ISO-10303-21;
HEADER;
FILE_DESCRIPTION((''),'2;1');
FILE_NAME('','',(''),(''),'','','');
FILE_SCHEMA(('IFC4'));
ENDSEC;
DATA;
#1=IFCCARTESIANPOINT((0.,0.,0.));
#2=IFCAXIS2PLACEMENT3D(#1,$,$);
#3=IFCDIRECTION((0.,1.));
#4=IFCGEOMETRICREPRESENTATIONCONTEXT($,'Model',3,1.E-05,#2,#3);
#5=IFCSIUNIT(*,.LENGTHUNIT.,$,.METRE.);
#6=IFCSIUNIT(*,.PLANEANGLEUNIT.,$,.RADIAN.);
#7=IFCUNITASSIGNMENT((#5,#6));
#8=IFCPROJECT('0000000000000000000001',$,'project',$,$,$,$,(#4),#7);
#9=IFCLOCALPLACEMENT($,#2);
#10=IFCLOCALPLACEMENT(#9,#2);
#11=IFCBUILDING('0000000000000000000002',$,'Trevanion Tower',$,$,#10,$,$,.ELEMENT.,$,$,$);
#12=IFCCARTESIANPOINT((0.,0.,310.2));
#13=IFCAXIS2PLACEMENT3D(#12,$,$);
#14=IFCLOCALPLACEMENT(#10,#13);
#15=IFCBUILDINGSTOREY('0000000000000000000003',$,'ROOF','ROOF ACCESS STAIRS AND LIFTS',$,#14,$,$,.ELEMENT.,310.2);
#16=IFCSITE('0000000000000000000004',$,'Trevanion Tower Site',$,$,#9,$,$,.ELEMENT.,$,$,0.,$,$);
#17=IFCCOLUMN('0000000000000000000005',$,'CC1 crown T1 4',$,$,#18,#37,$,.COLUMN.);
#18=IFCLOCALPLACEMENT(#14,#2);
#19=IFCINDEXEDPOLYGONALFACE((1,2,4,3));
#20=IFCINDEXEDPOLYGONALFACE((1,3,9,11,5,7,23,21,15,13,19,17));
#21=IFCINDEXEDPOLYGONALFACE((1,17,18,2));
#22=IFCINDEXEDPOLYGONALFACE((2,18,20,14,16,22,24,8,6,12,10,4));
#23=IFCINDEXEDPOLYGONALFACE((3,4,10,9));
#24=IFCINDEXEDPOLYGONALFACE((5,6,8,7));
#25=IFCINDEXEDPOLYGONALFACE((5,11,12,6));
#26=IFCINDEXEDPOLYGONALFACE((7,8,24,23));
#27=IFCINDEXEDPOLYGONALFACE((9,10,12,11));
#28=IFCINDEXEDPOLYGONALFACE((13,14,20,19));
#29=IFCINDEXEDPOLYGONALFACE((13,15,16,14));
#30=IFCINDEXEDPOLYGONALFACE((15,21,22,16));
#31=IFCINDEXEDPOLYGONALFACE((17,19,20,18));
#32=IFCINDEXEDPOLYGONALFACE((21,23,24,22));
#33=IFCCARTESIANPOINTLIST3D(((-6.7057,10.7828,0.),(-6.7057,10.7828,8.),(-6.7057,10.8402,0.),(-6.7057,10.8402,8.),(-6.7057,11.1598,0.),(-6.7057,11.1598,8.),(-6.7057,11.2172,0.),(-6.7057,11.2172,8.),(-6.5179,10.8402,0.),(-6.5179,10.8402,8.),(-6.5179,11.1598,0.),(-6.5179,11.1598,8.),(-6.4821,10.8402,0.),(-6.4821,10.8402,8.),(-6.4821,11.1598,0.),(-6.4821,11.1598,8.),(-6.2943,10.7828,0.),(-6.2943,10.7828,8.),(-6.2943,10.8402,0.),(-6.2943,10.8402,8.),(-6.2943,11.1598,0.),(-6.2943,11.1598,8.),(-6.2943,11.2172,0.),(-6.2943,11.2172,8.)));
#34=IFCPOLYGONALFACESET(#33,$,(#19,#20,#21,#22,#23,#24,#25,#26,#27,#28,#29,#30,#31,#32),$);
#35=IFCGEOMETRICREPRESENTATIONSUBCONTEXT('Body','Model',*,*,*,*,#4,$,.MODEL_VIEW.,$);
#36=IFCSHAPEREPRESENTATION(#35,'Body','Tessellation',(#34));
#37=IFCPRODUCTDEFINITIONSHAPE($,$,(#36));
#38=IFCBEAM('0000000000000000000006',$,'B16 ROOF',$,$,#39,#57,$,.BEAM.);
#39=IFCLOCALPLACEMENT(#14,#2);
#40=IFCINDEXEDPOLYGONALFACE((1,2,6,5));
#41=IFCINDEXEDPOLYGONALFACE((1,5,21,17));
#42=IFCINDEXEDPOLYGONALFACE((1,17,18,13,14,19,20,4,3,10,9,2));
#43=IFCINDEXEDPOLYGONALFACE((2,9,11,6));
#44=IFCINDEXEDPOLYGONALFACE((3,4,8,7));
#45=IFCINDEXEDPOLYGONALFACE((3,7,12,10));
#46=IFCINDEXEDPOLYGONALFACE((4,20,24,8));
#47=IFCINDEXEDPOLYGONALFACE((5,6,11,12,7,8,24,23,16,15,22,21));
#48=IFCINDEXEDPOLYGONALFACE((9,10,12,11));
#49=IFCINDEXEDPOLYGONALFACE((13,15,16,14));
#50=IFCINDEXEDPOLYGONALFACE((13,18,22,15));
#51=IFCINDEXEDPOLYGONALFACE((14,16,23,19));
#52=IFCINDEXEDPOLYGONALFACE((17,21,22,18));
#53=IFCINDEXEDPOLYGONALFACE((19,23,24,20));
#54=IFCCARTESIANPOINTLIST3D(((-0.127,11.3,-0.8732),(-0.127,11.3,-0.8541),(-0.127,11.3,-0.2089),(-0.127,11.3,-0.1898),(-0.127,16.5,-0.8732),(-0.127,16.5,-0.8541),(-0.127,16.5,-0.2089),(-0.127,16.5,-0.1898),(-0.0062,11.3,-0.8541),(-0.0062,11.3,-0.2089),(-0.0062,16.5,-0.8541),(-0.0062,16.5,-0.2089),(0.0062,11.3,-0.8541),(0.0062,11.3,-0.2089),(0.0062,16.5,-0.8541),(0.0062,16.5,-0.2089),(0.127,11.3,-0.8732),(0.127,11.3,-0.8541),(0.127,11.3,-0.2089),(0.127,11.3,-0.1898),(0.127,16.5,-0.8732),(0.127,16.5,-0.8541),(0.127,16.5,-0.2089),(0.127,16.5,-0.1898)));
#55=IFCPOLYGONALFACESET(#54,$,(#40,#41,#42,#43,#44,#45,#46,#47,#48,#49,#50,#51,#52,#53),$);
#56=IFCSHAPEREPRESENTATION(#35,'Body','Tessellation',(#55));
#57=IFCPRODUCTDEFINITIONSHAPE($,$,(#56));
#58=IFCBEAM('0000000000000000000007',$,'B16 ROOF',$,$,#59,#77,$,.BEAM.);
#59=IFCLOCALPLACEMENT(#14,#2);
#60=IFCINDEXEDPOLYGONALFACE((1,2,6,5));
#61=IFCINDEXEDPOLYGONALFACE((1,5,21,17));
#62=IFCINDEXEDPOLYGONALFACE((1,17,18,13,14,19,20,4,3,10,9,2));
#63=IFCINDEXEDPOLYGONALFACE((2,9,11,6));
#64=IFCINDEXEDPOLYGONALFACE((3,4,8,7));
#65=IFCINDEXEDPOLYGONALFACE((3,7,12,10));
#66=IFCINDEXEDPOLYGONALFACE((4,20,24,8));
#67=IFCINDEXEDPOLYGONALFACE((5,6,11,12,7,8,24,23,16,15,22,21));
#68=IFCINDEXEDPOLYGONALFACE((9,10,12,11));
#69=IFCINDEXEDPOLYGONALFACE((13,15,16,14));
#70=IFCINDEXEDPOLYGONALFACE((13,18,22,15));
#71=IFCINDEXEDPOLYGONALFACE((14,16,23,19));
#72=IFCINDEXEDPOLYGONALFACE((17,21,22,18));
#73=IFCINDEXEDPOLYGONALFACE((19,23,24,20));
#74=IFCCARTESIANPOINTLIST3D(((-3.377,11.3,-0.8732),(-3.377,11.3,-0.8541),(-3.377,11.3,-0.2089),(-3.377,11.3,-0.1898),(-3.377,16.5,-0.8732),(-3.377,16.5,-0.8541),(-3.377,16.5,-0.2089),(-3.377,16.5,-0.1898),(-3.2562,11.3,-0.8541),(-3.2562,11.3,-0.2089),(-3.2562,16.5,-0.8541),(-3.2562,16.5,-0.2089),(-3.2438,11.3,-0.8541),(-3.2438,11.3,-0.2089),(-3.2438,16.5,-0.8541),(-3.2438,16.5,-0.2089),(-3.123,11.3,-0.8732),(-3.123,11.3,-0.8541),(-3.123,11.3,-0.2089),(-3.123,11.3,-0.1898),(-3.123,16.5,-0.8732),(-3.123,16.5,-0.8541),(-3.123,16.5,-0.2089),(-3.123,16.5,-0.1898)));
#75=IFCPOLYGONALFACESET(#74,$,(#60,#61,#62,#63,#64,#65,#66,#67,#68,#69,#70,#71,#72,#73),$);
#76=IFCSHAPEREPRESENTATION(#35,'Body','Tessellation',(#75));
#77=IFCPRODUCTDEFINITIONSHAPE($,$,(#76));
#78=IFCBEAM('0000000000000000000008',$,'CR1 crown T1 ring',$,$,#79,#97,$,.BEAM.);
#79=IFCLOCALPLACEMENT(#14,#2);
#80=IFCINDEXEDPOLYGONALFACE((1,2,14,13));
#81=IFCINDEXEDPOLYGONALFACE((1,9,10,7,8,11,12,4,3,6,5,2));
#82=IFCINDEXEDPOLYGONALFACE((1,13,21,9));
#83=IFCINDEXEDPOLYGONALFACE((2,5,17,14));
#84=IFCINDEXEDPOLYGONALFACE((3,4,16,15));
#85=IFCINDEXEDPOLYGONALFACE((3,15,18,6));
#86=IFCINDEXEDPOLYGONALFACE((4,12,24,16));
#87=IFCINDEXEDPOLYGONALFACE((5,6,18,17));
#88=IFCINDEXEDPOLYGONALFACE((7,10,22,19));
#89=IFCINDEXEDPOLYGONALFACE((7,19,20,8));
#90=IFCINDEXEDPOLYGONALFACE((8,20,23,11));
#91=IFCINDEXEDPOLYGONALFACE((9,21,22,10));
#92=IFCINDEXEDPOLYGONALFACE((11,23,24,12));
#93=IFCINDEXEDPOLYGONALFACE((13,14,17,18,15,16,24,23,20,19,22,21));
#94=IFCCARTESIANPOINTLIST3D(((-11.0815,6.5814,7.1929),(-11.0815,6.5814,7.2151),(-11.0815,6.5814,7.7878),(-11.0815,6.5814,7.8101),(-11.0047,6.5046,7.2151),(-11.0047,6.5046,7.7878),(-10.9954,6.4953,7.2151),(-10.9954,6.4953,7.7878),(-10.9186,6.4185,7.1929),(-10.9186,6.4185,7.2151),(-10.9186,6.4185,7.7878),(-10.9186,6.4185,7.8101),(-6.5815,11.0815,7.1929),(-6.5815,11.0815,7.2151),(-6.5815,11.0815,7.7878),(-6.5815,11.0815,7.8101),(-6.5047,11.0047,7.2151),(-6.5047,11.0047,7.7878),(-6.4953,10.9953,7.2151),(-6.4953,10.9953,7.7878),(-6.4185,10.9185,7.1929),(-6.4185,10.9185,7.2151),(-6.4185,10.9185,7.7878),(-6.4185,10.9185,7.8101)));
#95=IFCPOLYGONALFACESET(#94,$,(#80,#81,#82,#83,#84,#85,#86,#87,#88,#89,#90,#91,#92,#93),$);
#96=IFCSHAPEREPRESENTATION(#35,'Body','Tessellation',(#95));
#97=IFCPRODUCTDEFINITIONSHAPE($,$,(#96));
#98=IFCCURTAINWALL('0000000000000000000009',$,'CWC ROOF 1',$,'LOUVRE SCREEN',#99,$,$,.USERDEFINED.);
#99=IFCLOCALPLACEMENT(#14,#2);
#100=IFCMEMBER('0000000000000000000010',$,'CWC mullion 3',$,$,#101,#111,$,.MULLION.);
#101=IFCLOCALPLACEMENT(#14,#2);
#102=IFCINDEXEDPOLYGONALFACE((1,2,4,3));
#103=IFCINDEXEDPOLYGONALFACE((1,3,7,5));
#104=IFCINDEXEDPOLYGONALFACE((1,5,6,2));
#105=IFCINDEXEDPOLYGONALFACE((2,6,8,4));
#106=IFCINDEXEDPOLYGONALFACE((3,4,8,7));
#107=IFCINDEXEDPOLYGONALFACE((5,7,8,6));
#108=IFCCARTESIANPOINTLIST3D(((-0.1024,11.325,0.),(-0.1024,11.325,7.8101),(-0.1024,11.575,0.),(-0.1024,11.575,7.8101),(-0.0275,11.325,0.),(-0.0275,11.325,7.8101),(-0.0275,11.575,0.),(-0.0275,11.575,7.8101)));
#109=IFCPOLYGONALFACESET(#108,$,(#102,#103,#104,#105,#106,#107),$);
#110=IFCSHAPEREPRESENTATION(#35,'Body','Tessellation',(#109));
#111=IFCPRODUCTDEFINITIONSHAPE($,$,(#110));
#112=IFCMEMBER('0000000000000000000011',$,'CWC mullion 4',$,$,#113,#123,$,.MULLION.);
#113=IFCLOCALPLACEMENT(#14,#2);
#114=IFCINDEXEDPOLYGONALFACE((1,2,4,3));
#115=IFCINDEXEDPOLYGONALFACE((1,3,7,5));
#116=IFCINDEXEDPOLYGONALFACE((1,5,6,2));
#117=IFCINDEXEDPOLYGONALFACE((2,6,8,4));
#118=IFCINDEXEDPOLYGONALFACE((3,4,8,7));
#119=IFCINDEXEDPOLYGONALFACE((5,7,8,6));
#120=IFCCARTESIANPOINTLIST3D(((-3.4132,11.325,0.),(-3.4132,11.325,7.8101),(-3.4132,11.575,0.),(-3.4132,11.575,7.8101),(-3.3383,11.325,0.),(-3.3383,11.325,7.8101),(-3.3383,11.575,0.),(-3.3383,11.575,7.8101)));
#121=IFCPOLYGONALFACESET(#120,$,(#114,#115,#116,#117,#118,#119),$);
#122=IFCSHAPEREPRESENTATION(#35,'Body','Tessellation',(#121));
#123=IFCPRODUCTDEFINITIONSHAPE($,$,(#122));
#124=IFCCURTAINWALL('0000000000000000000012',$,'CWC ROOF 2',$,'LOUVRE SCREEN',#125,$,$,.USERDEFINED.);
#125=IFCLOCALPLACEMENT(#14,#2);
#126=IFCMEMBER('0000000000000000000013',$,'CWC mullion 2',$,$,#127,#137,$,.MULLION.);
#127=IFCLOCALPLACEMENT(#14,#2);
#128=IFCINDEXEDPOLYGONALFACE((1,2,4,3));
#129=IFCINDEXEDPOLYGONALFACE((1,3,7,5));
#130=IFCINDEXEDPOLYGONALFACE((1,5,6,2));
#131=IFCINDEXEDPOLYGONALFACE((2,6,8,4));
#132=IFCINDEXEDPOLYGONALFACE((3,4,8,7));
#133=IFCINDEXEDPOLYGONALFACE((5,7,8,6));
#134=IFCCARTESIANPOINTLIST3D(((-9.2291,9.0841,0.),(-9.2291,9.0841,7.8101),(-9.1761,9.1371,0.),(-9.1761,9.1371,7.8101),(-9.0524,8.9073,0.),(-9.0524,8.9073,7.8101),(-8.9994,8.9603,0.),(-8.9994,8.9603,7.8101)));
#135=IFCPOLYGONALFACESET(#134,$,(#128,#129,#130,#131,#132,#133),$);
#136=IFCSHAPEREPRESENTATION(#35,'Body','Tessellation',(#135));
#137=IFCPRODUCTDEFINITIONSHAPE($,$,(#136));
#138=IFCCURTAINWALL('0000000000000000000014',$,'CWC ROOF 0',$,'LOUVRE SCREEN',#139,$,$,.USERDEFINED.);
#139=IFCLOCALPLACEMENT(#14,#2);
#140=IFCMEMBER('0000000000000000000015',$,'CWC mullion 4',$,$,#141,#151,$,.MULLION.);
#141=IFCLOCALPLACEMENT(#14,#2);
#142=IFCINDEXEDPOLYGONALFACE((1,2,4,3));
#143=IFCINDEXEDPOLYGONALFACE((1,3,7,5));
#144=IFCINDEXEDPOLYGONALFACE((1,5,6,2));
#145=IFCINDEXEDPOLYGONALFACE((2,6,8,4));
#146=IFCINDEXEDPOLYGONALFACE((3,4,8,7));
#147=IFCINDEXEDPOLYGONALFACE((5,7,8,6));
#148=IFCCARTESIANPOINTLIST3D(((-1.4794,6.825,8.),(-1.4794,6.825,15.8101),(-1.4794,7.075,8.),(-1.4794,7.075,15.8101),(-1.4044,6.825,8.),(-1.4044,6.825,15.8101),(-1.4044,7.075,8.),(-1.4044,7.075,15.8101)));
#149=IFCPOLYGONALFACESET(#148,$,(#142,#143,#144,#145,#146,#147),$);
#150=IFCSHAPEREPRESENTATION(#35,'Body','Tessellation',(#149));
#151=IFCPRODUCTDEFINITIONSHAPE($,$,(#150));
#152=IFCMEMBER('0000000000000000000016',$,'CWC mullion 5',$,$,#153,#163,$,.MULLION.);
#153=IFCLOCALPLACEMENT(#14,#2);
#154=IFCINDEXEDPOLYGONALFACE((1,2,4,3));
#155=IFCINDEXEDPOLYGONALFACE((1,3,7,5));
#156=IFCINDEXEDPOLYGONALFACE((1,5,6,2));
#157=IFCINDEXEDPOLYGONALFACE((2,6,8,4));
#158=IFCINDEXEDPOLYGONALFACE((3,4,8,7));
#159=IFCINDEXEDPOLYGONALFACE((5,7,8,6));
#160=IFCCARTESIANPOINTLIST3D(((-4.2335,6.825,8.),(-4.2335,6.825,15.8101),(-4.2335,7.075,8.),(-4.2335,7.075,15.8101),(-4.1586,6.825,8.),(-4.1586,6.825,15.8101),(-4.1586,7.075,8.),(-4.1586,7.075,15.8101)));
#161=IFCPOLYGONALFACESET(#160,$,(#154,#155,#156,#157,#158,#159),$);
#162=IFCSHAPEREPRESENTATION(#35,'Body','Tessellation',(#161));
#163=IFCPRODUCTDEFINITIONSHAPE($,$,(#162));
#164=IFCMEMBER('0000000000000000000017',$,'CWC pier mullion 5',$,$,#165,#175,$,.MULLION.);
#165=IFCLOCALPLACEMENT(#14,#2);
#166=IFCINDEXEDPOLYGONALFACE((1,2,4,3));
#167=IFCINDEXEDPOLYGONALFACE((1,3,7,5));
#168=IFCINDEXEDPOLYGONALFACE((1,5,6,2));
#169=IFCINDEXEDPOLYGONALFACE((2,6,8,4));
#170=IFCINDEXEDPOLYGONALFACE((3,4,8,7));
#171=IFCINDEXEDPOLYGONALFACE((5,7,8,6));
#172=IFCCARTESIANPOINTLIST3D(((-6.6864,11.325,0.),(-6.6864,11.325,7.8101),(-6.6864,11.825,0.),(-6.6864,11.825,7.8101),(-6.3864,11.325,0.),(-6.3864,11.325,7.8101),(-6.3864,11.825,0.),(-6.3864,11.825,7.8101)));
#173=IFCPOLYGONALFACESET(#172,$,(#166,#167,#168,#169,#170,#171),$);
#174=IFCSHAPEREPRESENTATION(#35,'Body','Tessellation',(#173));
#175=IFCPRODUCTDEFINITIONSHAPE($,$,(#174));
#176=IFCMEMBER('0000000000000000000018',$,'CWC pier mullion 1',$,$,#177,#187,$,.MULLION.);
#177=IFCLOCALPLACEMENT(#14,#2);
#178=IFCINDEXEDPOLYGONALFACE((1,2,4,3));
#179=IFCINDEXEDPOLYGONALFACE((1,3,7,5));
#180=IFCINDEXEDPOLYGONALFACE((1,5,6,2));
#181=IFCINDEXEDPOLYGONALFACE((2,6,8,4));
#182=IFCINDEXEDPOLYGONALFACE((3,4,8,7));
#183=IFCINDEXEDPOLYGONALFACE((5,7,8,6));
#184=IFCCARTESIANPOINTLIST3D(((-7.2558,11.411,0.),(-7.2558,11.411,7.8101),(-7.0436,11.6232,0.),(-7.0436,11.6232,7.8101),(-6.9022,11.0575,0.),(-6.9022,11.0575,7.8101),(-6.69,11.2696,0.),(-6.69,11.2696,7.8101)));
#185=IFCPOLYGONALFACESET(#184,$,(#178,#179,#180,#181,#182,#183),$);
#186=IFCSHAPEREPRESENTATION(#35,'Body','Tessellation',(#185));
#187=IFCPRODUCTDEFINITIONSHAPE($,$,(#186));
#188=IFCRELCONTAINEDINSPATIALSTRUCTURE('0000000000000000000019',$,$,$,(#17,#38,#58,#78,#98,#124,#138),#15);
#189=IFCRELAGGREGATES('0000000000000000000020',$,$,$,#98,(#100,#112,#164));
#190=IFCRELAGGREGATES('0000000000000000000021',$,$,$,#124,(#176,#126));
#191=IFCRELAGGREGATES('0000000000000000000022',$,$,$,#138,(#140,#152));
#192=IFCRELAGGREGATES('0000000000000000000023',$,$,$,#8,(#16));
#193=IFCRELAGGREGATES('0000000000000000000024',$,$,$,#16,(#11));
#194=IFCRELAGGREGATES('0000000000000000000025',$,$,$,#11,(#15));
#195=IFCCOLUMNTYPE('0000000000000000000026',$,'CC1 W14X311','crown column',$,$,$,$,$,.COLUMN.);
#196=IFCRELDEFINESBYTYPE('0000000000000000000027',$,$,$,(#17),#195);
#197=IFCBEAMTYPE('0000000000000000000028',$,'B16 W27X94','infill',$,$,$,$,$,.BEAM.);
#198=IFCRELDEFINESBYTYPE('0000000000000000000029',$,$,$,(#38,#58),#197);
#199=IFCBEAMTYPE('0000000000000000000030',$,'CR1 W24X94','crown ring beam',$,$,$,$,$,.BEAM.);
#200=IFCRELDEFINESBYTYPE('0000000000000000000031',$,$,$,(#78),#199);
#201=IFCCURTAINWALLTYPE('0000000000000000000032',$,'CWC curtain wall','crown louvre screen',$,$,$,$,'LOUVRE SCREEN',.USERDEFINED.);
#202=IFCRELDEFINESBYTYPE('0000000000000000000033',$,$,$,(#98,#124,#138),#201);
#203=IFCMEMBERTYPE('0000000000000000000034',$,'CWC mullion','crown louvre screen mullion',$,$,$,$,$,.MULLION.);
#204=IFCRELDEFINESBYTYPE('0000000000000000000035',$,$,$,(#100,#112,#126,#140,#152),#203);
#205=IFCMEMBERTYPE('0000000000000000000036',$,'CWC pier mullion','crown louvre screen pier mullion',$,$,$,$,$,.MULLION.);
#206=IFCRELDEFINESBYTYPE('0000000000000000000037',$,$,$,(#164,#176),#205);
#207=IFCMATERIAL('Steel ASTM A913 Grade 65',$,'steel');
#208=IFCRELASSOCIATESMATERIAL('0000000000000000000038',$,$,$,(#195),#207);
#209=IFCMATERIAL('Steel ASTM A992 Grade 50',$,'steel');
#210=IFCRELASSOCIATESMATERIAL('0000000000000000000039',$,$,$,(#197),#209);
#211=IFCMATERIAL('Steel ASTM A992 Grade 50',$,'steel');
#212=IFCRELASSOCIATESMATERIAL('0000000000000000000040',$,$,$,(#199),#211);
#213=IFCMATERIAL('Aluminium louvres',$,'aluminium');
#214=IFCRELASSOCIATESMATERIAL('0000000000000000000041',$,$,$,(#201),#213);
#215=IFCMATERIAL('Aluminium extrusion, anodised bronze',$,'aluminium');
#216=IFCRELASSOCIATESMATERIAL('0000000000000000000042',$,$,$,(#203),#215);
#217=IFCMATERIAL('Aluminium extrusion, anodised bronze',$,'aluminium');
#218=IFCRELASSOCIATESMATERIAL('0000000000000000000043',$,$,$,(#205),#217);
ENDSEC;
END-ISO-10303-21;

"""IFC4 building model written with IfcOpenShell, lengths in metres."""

from ifc_helpers import new_model, si_unit, direction, frame, origin, origin_2d, place, context, subcontext, project, spatial, rectangle, i_section, extrude, material, material_profile, profile_set, type_object, element, aggregate, save


model = new_model("IFC4")

# Units and contexts
model_context = context("Model", 3, precision=1e-05, world=origin(), true_north=direction((0.0, 1.0)))
body_context = subcontext(model_context, "Body", "Model", "MODEL_VIEW")
ifc_project = project(units=[si_unit("LENGTHUNIT", "METRE"), si_unit("PLANEANGLEUNIT", "RADIAN")], contexts=[model_context])

# Site, building, storey
site_placement = place(None, origin())
site = spatial("IfcSite", under=ifc_project, at=site_placement, Name="Trevanion Tower Site", CompositionType="ELEMENT", RefElevation=0.0)
building_placement = place(site_placement, origin())
building = spatial("IfcBuilding", under=site, at=building_placement, Name="Trevanion Tower", CompositionType="ELEMENT")
storey_placement = place(building_placement, frame((0.0, 0.0, 310.2)))
storey = spatial("IfcBuildingStorey", under=building, at=storey_placement, Name="ROOF", Description="ROOF ACCESS STAIRS AND LIFTS", CompositionType="ELEMENT", Elevation=310.2)

# Column
ifc_material_1 = material(Name="Steel ASTM A913 Grade 65", Category="steel")
ifc_material_profile_1 = material_profile(ifc_material_1, i_section(OverallWidth=0.4114, OverallDepth=0.4343, WebThickness=0.0359, FlangeThickness=0.0574, at=origin_2d()), Name="W14X311")
ifc_profile_set_1 = profile_set([ifc_material_profile_1], Name="Steel ASTM A913 Grade 65")
column_type = type_object("IfcColumnType", Name="CC1 W14X311", Description="crown column", PredefinedType="COLUMN", material=ifc_profile_set_1)
column_placement = place(storey_placement, frame((-6.5, 11.0, 0.0), z_axis=(0.0, 0.0, 1.0), x_axis=(1.0, 0.0, 0.0)))
element("IfcColumn", 1, at=column_placement, inside=storey, type_object=column_type, Name="CC1 crown T1 4", PredefinedType="COLUMN", context=body_context, shape_type="SweptSolid", body=[
    extrude(i_section(OverallWidth=0.4114, OverallDepth=0.4343, WebThickness=0.0359, FlangeThickness=0.0574, at=origin_2d()), origin(), (0.0, 0.0, 1.0), 8.0),
])

# Beams
ifc_material_2 = material(Name="Steel ASTM A992 Grade 50", Category="steel")
ifc_material_profile_2 = material_profile(ifc_material_2, i_section(OverallWidth=0.2539, OverallDepth=0.6833, WebThickness=0.0125, FlangeThickness=0.019, at=origin_2d()), Name="W27X94")
ifc_profile_set_2 = profile_set([ifc_material_profile_2], Name="Steel ASTM A992 Grade 50")
beam_type_1 = type_object("IfcBeamType", Name="B16 W27X94", Description="infill", PredefinedType="BEAM", material=ifc_profile_set_2)
for number, where, z_axis, x_axis, name in (
    (2, (0.0, 11.3, -0.5315), (0.0, 1.0, 0.0), (-1.0, 0.0, 0.0), "B16 ROOF"),
    (3, (-3.25, 11.3, -0.5315), (0.0, 1.0, 0.0), (-1.0, 0.0, 0.0), "B16 ROOF"),
):
    element("IfcBeam", number, at=place(storey_placement, frame(where, z_axis=z_axis, x_axis=x_axis)), inside=storey, type_object=beam_type_1, Name=name, PredefinedType="BEAM", context=body_context, shape_type="SweptSolid", body=[
        extrude(i_section(OverallWidth=0.2539, OverallDepth=0.6833, WebThickness=0.0125, FlangeThickness=0.019, at=origin_2d()), origin(), (0.0, 0.0, 1.0), 5.2),
    ])
ifc_material_3 = material(Name="Steel ASTM A992 Grade 50", Category="steel")
ifc_material_profile_3 = material_profile(ifc_material_3, i_section(OverallWidth=0.2305, OverallDepth=0.6172, WebThickness=0.0132, FlangeThickness=0.0222, at=origin_2d()), Name="W24X94")
ifc_profile_set_3 = profile_set([ifc_material_profile_3], Name="Steel ASTM A992 Grade 50")
beam_type_2 = type_object("IfcBeamType", Name="CR1 W24X94", Description="crown ring beam", PredefinedType="BEAM", material=ifc_profile_set_3)
beam_1_placement = place(storey_placement, frame((-6.5, 11.0, 7.5015), z_axis=(-0.707107, -0.707107, 0.0), x_axis=(0.707107, -0.707107, 0.0)))
element("IfcBeam", 4, at=beam_1_placement, inside=storey, type_object=beam_type_2, Name="CR1 crown T1 ring", PredefinedType="BEAM", context=body_context, shape_type="SweptSolid", body=[
    extrude(i_section(OverallWidth=0.2305, OverallDepth=0.6172, WebThickness=0.0132, FlangeThickness=0.0222, at=origin_2d()), origin(), (0.0, 0.0, 1.0), 6.364),
])

# Curtain wall, members
ifc_material_4 = material(Name="Aluminium louvres", Category="aluminium")
curtain_wall_type = type_object("IfcCurtainWallType", Name="CWC curtain wall", Description="crown louvre screen", ElementType="LOUVRE SCREEN", PredefinedType="USERDEFINED", material=ifc_material_4)
curtain_wall_1_placement = place(storey_placement, origin())
curtain_wall_1 = element("IfcCurtainWall", 5, at=curtain_wall_1_placement, inside=storey, type_object=curtain_wall_type, Name="CWC ROOF 1", ObjectType="LOUVRE SCREEN", PredefinedType="USERDEFINED")
ifc_material_5 = material(Name="Aluminium extrusion, anodised bronze", Category="aluminium")
ifc_material_profile_4 = material_profile(ifc_material_5, rectangle(XDim=0.075, YDim=0.25, at=origin_2d()), Name="CWC mullion")
ifc_profile_set_4 = profile_set([ifc_material_profile_4], Name="Aluminium extrusion, anodised bronze")
member_type_1 = type_object("IfcMemberType", Name="CWC mullion", Description="crown louvre screen mullion", PredefinedType="MULLION", material=ifc_profile_set_4)
member_1_placement = place(storey_placement, frame((-0.0649, 11.45, 0.0), z_axis=(0.0, 0.0, 1.0), x_axis=(-1.0, 0.0, 0.0)))
member_1 = element("IfcMember", 6, at=member_1_placement, type_object=member_type_1, Name="CWC mullion 3", PredefinedType="MULLION", context=body_context, shape_type="SweptSolid", body=[
    extrude(rectangle(XDim=0.075, YDim=0.25, at=origin_2d()), origin(), (0.0, 0.0, 1.0), 7.8101),
])
member_2_placement = place(storey_placement, frame((-3.3757, 11.45, 0.0), z_axis=(0.0, 0.0, 1.0), x_axis=(-1.0, 0.0, 0.0)))
member_2 = element("IfcMember", 7, at=member_2_placement, type_object=member_type_1, Name="CWC mullion 4", PredefinedType="MULLION", context=body_context, shape_type="SweptSolid", body=[
    extrude(rectangle(XDim=0.075, YDim=0.25, at=origin_2d()), origin(), (0.0, 0.0, 1.0), 7.8101),
])

# Curtain wall, member
curtain_wall_2_placement = place(storey_placement, origin())
curtain_wall_2 = element("IfcCurtainWall", 8, at=curtain_wall_2_placement, inside=storey, type_object=curtain_wall_type, Name="CWC ROOF 2", ObjectType="LOUVRE SCREEN", PredefinedType="USERDEFINED")
member_3_placement = place(storey_placement, frame((-9.1143, 9.0222, 0.0), z_axis=(0.0, 0.0, 1.0), x_axis=(-0.707107, -0.707107, 0.0)))
member_3 = element("IfcMember", 9, at=member_3_placement, type_object=member_type_1, Name="CWC mullion 2", PredefinedType="MULLION", context=body_context, shape_type="SweptSolid", body=[
    extrude(rectangle(XDim=0.075, YDim=0.25, at=origin_2d()), origin(), (0.0, 0.0, 1.0), 7.8101),
])

# Curtain wall, members
curtain_wall_3_placement = place(storey_placement, origin())
curtain_wall_3 = element("IfcCurtainWall", 10, at=curtain_wall_3_placement, inside=storey, type_object=curtain_wall_type, Name="CWC ROOF 0", ObjectType="LOUVRE SCREEN", PredefinedType="USERDEFINED")
member_4_placement = place(storey_placement, frame((-1.4419, 6.95, 8.0), z_axis=(0.0, 0.0, 1.0), x_axis=(-1.0, 0.0, 0.0)))
member_4 = element("IfcMember", 11, at=member_4_placement, type_object=member_type_1, Name="CWC mullion 4", PredefinedType="MULLION", context=body_context, shape_type="SweptSolid", body=[
    extrude(rectangle(XDim=0.075, YDim=0.25, at=origin_2d()), origin(), (0.0, 0.0, 1.0), 7.8101),
])
member_5_placement = place(storey_placement, frame((-4.196, 6.95, 8.0), z_axis=(0.0, 0.0, 1.0), x_axis=(-1.0, 0.0, 0.0)))
member_5 = element("IfcMember", 12, at=member_5_placement, type_object=member_type_1, Name="CWC mullion 5", PredefinedType="MULLION", context=body_context, shape_type="SweptSolid", body=[
    extrude(rectangle(XDim=0.075, YDim=0.25, at=origin_2d()), origin(), (0.0, 0.0, 1.0), 7.8101),
])

# Members
ifc_material_6 = material(Name="Aluminium extrusion, anodised bronze", Category="aluminium")
ifc_material_profile_5 = material_profile(ifc_material_6, rectangle(XDim=0.3, YDim=0.5, at=origin_2d()), Name="CWC pier mullion")
ifc_profile_set_5 = profile_set([ifc_material_profile_5], Name="Aluminium extrusion, anodised bronze")
member_type_2 = type_object("IfcMemberType", Name="CWC pier mullion", Description="crown louvre screen pier mullion", PredefinedType="MULLION", material=ifc_profile_set_5)
member_6_placement = place(storey_placement, frame((-6.5364, 11.575, 0.0), z_axis=(0.0, 0.0, 1.0), x_axis=(-1.0, 0.0, 0.0)))
member_6 = element("IfcMember", 13, at=member_6_placement, type_object=member_type_2, Name="CWC pier mullion 5", PredefinedType="MULLION", context=body_context, shape_type="SweptSolid", body=[
    extrude(rectangle(XDim=0.3, YDim=0.5, at=origin_2d()), origin(), (0.0, 0.0, 1.0), 7.8101),
])
member_7_placement = place(storey_placement, frame((-6.9729, 11.3403, 0.0), z_axis=(0.0, 0.0, 1.0), x_axis=(-0.707107, -0.707107, 0.0)))
member_7 = element("IfcMember", 14, at=member_7_placement, type_object=member_type_2, Name="CWC pier mullion 1", PredefinedType="MULLION", context=body_context, shape_type="SweptSolid", body=[
    extrude(rectangle(XDim=0.3, YDim=0.5, at=origin_2d()), origin(), (0.0, 0.0, 1.0), 7.8101),
])

aggregate(curtain_wall_1, [member_1, member_2, member_6])
aggregate(curtain_wall_2, [member_7, member_3])
aggregate(curtain_wall_3, [member_4, member_5])

save(model, "model.ifc")
